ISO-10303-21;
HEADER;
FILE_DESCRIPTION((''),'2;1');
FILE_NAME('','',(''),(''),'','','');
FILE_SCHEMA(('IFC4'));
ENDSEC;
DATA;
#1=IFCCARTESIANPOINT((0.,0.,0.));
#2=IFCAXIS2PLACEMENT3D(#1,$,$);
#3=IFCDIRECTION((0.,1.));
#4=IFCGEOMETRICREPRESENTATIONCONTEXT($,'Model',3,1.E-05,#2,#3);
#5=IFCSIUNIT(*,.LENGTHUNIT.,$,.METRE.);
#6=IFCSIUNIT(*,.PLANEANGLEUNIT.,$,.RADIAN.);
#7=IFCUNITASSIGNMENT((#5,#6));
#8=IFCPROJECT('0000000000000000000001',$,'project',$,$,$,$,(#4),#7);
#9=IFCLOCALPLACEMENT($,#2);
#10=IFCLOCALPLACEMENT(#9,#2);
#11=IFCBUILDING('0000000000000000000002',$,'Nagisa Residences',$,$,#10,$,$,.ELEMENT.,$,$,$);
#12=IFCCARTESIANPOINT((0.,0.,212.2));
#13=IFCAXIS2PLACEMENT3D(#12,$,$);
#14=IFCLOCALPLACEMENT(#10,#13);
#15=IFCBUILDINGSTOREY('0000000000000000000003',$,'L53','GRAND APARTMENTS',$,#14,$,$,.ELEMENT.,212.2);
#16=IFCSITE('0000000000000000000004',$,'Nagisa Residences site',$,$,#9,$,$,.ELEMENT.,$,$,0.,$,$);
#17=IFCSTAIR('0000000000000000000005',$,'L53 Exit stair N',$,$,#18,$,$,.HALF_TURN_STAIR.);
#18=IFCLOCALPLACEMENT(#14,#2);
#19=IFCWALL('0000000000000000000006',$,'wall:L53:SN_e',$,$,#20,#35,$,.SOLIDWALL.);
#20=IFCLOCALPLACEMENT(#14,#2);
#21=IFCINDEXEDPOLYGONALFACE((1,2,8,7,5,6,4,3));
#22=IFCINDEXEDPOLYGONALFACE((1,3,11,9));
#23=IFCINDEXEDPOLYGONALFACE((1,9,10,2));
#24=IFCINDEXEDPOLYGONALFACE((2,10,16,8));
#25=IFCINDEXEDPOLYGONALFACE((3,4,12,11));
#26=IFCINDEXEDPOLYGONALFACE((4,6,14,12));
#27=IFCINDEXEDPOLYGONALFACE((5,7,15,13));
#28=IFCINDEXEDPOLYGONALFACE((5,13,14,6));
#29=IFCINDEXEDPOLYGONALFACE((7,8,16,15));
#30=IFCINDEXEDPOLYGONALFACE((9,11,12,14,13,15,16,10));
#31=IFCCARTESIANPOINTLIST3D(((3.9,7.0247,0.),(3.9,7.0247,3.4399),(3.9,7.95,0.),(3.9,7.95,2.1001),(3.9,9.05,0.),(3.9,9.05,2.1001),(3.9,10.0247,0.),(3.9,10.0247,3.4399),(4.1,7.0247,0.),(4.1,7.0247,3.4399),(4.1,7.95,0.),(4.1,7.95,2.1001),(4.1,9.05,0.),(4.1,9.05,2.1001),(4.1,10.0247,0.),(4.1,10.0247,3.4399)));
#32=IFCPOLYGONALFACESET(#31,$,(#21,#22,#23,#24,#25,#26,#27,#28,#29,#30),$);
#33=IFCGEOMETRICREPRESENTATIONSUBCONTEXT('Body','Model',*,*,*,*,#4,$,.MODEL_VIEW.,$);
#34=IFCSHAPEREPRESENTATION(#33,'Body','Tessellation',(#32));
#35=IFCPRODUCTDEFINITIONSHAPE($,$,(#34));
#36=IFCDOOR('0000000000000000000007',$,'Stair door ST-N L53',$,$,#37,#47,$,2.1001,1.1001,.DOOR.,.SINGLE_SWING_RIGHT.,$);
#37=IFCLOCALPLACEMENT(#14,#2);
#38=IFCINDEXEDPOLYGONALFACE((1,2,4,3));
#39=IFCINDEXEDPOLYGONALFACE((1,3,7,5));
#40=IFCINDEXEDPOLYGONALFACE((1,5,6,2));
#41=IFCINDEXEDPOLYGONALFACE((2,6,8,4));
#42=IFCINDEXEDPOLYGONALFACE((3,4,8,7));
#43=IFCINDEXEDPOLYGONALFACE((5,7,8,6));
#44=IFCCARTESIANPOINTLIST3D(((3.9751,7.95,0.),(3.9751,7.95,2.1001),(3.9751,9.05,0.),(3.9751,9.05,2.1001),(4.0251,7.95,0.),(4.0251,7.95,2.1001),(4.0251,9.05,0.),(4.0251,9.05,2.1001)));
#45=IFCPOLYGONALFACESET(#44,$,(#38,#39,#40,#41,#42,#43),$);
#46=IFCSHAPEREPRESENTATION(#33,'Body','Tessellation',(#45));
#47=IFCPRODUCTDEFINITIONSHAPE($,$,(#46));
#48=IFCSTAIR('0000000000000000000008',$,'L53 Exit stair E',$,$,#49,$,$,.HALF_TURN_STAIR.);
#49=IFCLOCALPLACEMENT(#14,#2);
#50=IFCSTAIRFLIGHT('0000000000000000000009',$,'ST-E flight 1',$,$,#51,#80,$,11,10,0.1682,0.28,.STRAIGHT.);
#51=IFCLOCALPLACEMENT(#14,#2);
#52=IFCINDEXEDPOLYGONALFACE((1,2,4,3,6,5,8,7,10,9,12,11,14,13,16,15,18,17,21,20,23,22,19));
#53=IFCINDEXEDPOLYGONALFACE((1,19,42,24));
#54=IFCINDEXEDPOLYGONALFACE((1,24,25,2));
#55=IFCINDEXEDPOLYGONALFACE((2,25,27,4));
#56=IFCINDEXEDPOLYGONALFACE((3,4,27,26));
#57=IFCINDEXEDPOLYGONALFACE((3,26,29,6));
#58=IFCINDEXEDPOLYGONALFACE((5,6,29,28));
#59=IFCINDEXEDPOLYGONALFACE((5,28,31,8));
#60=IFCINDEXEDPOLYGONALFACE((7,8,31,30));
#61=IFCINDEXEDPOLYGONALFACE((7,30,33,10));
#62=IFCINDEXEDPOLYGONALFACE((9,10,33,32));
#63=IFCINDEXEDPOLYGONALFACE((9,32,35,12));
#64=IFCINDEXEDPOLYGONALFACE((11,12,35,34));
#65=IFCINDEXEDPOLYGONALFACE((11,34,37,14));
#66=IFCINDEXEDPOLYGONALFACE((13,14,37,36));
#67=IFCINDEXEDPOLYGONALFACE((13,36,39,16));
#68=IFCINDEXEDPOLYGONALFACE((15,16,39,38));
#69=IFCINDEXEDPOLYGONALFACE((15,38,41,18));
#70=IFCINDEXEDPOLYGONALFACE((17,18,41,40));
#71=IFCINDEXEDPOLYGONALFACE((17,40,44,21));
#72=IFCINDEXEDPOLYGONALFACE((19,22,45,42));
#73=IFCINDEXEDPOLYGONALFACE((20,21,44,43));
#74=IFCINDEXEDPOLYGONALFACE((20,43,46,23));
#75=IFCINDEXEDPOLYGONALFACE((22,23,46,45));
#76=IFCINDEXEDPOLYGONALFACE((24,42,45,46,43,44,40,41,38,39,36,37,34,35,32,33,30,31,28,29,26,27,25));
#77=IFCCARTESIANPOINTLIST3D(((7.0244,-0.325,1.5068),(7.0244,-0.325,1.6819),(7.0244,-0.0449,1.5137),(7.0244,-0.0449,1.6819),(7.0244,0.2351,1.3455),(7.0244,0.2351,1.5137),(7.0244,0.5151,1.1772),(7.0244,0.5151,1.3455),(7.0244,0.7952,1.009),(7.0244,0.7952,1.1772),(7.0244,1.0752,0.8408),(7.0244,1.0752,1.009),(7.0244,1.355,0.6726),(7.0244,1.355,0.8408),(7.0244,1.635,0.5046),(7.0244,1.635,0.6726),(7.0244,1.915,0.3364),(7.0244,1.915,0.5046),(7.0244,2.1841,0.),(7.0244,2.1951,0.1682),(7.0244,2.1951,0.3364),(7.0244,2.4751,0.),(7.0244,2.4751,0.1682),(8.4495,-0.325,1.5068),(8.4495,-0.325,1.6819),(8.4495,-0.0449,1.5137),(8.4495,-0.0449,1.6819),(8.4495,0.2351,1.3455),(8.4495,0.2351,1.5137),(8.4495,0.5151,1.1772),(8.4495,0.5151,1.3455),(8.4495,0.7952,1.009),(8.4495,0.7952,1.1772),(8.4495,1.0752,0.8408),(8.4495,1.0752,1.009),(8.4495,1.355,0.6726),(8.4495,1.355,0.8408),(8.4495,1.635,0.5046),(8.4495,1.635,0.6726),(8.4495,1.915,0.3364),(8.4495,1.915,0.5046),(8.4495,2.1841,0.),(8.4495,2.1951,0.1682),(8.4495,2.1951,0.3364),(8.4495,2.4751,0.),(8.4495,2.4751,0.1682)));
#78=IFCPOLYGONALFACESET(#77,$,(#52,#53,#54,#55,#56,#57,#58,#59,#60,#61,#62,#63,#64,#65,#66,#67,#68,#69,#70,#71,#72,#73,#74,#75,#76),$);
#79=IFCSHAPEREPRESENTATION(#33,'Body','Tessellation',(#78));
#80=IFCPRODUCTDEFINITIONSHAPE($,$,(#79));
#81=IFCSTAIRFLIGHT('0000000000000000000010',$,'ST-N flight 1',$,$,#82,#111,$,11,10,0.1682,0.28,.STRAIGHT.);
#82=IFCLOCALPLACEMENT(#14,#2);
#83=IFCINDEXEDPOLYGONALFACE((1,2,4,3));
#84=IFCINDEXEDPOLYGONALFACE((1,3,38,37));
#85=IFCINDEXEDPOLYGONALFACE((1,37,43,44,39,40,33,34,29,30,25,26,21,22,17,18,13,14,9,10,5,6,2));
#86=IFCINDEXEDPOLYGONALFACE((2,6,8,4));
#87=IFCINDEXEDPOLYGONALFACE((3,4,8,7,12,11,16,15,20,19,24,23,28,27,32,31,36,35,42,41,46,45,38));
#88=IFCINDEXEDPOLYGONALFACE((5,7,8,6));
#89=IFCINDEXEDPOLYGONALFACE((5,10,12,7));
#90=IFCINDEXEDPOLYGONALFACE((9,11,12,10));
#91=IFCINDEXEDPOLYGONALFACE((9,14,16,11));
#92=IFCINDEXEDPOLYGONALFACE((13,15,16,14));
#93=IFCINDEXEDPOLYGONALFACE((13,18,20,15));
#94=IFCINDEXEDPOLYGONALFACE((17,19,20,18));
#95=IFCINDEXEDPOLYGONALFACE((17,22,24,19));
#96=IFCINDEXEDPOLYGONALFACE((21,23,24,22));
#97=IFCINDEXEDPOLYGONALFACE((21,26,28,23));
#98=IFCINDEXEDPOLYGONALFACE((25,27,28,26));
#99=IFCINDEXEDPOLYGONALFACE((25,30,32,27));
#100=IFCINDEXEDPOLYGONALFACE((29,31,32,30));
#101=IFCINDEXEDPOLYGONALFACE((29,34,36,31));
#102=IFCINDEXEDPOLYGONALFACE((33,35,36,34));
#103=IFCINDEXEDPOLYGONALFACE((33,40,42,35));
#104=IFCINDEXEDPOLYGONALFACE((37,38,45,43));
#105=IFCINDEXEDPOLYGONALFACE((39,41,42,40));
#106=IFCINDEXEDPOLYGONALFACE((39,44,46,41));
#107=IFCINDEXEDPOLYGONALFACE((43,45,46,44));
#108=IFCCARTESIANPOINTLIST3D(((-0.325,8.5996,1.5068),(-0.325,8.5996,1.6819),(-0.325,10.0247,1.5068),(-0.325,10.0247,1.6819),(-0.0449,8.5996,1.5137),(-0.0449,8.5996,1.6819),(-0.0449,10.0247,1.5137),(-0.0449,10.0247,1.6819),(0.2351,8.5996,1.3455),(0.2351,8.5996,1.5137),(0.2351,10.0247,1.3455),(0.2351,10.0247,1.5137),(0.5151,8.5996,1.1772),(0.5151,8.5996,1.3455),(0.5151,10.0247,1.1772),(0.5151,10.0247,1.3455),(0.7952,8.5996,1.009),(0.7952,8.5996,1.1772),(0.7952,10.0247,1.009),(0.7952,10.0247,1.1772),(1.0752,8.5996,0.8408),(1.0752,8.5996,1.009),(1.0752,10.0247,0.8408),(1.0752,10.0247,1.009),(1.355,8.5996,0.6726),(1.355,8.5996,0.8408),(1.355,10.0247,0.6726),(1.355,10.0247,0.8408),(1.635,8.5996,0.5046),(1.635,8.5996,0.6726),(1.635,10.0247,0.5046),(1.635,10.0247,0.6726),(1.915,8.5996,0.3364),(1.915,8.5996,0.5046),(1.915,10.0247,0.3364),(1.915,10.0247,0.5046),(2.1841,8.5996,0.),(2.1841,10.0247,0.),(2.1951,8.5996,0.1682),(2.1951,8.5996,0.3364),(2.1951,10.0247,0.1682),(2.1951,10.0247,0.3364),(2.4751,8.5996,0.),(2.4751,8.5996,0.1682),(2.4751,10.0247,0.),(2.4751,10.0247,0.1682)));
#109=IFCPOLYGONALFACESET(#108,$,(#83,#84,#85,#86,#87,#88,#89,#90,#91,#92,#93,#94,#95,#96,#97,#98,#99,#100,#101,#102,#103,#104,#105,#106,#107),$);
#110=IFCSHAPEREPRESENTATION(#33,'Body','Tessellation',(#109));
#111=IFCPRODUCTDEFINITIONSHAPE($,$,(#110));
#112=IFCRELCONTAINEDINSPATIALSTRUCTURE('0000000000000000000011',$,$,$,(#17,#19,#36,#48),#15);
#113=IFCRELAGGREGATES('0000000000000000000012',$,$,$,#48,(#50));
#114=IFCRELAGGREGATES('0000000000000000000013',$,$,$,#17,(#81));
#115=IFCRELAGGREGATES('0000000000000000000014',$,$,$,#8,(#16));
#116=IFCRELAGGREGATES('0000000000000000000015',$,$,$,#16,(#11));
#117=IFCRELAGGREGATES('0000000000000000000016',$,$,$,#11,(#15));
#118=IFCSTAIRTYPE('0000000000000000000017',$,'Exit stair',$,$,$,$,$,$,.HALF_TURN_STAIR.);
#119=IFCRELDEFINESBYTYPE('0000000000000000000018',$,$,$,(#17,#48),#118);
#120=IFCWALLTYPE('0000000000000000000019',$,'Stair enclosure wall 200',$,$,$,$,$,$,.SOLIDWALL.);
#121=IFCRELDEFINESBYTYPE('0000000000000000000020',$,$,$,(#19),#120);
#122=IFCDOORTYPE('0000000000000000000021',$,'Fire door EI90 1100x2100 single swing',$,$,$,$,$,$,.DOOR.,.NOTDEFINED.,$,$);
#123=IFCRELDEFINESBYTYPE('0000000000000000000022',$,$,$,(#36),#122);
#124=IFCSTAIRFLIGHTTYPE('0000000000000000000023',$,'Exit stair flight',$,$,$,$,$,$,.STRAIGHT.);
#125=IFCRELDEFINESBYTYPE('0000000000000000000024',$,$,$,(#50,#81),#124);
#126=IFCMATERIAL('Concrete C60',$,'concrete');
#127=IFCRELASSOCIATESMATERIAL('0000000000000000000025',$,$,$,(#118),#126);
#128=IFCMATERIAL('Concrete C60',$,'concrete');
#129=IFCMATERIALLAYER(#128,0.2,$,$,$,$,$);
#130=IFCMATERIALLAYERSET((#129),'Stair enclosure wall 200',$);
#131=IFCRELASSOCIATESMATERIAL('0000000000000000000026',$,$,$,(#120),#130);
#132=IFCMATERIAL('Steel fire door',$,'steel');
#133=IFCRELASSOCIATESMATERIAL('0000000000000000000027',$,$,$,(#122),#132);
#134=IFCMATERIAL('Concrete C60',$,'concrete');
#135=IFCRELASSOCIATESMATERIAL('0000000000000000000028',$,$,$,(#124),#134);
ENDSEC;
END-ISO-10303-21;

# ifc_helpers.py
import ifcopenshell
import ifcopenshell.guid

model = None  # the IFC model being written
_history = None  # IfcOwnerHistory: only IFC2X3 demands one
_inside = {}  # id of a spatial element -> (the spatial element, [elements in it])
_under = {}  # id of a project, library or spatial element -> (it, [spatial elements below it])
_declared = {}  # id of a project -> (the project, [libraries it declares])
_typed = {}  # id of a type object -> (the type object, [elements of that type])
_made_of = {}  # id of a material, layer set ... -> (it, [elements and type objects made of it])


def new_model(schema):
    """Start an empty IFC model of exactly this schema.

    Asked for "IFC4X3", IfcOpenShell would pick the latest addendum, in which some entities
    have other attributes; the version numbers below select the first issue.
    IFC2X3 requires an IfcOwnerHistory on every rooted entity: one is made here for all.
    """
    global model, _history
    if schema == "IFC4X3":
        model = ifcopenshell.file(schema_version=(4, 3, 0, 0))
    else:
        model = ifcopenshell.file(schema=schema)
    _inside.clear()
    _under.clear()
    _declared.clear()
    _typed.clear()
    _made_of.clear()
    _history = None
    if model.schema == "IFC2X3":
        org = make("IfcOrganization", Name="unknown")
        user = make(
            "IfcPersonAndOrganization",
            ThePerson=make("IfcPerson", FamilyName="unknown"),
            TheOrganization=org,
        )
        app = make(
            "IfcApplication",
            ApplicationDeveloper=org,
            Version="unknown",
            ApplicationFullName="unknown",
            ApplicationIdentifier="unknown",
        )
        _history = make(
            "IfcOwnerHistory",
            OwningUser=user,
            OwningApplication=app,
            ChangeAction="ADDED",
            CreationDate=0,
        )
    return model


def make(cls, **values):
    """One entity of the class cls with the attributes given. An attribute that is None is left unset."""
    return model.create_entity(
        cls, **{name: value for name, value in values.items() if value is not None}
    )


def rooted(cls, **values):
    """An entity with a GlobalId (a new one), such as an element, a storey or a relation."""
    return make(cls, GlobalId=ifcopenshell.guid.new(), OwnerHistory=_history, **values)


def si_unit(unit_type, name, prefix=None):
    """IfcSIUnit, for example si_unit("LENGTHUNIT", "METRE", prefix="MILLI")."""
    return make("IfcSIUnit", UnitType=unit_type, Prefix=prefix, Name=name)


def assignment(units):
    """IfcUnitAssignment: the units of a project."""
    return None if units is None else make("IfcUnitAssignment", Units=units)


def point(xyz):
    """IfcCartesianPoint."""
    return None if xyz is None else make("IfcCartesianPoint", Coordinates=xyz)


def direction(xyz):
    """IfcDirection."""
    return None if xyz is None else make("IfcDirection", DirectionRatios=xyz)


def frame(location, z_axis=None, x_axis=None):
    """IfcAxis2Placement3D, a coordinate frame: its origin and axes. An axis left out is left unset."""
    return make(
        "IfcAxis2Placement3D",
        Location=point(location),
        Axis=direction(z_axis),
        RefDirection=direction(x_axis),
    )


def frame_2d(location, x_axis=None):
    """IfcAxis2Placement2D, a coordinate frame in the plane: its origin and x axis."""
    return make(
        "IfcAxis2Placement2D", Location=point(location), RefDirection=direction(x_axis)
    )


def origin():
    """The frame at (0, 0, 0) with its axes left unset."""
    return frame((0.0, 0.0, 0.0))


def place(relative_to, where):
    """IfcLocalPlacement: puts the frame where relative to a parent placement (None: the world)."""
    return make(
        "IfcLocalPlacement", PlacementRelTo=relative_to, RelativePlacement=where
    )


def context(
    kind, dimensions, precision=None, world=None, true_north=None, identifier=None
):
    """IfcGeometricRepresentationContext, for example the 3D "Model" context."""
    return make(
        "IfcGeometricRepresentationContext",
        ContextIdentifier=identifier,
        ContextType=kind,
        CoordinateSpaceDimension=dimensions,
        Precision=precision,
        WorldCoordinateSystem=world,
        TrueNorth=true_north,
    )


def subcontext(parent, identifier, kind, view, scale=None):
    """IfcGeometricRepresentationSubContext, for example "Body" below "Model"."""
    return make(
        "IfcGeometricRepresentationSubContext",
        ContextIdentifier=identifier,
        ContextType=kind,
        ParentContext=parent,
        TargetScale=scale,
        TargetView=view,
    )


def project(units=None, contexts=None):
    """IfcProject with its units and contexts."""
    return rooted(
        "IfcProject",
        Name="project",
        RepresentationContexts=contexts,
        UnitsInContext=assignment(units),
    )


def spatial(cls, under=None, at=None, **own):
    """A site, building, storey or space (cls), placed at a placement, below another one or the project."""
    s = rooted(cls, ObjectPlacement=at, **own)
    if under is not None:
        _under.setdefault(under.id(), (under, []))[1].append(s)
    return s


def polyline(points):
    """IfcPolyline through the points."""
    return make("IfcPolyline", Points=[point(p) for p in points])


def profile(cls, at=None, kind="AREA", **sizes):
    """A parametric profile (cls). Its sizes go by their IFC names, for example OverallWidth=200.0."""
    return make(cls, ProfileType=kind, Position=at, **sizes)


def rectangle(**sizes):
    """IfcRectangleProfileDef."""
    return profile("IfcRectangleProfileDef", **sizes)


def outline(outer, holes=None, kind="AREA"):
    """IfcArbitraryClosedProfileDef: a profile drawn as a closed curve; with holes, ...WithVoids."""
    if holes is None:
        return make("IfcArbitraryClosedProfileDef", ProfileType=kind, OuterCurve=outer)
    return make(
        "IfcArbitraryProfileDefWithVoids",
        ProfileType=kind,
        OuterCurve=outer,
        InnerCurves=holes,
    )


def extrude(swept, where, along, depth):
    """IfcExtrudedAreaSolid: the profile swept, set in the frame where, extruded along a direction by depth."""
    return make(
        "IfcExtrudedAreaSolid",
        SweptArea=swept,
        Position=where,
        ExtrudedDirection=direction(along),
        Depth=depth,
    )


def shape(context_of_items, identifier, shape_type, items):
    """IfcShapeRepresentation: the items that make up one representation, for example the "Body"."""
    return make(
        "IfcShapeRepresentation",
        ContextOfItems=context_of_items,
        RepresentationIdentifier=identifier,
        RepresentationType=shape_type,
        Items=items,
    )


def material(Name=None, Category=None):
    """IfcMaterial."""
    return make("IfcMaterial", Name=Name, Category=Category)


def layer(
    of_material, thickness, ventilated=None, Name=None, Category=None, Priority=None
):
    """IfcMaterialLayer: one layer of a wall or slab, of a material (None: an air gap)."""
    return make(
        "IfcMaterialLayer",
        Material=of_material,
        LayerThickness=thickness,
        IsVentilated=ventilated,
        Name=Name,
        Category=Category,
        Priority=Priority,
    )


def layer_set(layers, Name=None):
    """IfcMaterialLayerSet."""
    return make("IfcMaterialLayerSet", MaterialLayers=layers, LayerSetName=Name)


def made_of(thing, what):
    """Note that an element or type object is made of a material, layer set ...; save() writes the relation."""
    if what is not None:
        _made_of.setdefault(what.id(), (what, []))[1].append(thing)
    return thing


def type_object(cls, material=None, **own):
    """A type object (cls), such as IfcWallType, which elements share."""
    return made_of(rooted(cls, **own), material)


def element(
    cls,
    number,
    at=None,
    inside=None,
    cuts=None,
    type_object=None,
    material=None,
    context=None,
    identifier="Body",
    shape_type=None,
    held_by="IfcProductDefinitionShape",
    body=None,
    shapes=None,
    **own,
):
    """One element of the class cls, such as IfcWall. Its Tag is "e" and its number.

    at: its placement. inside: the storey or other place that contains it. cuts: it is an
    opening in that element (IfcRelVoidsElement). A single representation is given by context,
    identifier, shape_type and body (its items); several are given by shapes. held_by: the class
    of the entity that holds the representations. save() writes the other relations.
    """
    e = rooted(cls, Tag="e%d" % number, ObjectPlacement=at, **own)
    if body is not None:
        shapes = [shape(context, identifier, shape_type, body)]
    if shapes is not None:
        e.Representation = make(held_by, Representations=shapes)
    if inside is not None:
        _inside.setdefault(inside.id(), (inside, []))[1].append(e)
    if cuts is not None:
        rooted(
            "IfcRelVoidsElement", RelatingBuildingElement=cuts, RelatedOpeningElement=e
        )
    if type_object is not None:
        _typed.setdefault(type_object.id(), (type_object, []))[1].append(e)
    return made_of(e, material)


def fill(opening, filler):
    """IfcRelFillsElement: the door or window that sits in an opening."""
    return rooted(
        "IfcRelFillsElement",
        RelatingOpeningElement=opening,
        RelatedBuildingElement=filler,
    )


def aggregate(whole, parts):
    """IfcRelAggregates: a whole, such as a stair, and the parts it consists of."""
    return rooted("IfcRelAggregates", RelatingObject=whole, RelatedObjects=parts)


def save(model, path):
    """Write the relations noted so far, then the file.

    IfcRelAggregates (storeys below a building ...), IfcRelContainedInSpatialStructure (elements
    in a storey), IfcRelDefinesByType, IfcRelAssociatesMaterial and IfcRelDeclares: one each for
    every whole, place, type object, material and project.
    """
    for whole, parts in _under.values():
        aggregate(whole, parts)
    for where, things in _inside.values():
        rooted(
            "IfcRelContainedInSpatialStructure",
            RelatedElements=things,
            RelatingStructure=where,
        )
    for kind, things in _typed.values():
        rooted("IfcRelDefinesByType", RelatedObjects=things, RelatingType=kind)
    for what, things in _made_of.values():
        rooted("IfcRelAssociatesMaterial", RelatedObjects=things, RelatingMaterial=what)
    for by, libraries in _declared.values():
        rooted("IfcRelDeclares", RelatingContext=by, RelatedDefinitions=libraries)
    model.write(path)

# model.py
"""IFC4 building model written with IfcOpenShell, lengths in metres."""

from ifc_helpers import new_model, si_unit, direction, frame, frame_2d, origin, place, context, subcontext, project, spatial, polyline, rectangle, outline, extrude, material, layer, layer_set, type_object, element, fill, aggregate, save


model = new_model("IFC4")

# Units and contexts
model_context = context("Model", 3, precision=1e-05, world=origin(), true_north=direction((0.0, 1.0)))
body_context = subcontext(model_context, "Body", "Model", "MODEL_VIEW")
ifc_project = project(units=[si_unit("LENGTHUNIT", "METRE"), si_unit("PLANEANGLEUNIT", "RADIAN")], contexts=[model_context])

# Site, building, storey
site_placement = place(None, origin())
site = spatial("IfcSite", under=ifc_project, at=site_placement, Name="Nagisa Residences site", CompositionType="ELEMENT", RefElevation=0.0)
building_placement = place(site_placement, origin())
building = spatial("IfcBuilding", under=site, at=building_placement, Name="Nagisa Residences", CompositionType="ELEMENT")
storey_placement = place(building_placement, frame((0.0, 0.0, 212.2)))
storey = spatial("IfcBuildingStorey", under=building, at=storey_placement, Name="L53", Description="GRAND APARTMENTS", CompositionType="ELEMENT", Elevation=212.2)

# Stair
ifc_material_1 = material(Name="Concrete C60", Category="concrete")
stair_type = type_object("IfcStairType", Name="Exit stair", PredefinedType="HALF_TURN_STAIR", material=ifc_material_1)
stair_1_placement = place(storey_placement, origin())
stair_1 = element("IfcStair", 1, at=stair_1_placement, inside=storey, type_object=stair_type, Name="L53 Exit stair N", PredefinedType="HALF_TURN_STAIR")

# Wall, opening, door
ifc_material_2 = material(Name="Concrete C60", Category="concrete")
ifc_layer_1 = layer(ifc_material_2, 0.2)
ifc_layer_set_1 = layer_set([ifc_layer_1], Name="Stair enclosure wall 200")
wall_type_1 = type_object("IfcWallType", Name="Stair enclosure wall 200", PredefinedType="SOLIDWALL", material=ifc_layer_set_1)
ifc_material_3 = material(Name="Steel fire door", Category="steel")
door_type_1 = type_object("IfcDoorType", Name="Fire door EI90 1100x2100 single swing", OperationType="NOTDEFINED", PredefinedType="DOOR", material=ifc_material_3)
wall_1_placement = place(storey_placement, frame((4.0, 7.0247, 0.0), z_axis=(0.0, 0.0, 1.0), x_axis=(0.0, 1.0, 0.0)))
wall_1 = element("IfcWall", 2, at=wall_1_placement, inside=storey, type_object=wall_type_1, Name="wall:L53:SN_e", PredefinedType="SOLIDWALL", context=body_context, shape_type="SweptSolid", body=[
    extrude(rectangle(XDim=3.0, YDim=0.2, at=frame_2d((1.5, 0.0))), origin(), (0.0, 0.0, 1.0), 3.4399),
])
opening_1_placement = place(wall_1_placement, frame((0.9253, 0.0, 0.0)))
opening_1 = element("IfcOpeningElement", 3, at=opening_1_placement, cuts=wall_1, PredefinedType="OPENING", context=body_context, shape_type="SweptSolid", body=[
    extrude(rectangle(XDim=1.1001, YDim=2.1001, at=frame_2d((0.55, 1.05))), frame((0.0, 0.1099, 0.0), z_axis=(0.0, -1.0, 0.0), x_axis=(1.0, 0.0, 0.0)), (0.0, 0.0, 1.0), 0.22),
])
door_1_placement = place(opening_1_placement, origin())
door_1 = element("IfcDoor", 4, at=door_1_placement, inside=storey, type_object=door_type_1, Name="Stair door ST-N L53", OperationType="SINGLE_SWING_RIGHT", OverallHeight=2.1001, OverallWidth=1.1001, PredefinedType="DOOR", context=body_context, shape_type="SweptSolid", body=[
    extrude(rectangle(XDim=1.1001, YDim=2.1001, at=frame_2d((0.55, 1.05))), frame((0.0, 0.0249, 0.0), z_axis=(0.0, -1.0, 0.0), x_axis=(1.0, 0.0, 0.0)), (0.0, 0.0, 1.0), 0.05),
])
fill(opening_1, door_1)

# Stair, stair flight
stair_2_placement = place(storey_placement, origin())
stair_2 = element("IfcStair", 5, at=stair_2_placement, inside=storey, type_object=stair_type, Name="L53 Exit stair E", PredefinedType="HALF_TURN_STAIR")
ifc_material_4 = material(Name="Concrete C60", Category="concrete")
stair_flight_type = type_object("IfcStairFlightType", Name="Exit stair flight", PredefinedType="STRAIGHT", material=ifc_material_4)
stair_flight_1_placement = place(storey_placement, frame((7.7371, 2.4751, 0.0), z_axis=(0.0, 0.0, 1.0), x_axis=(0.0, -1.0, 0.0)))
stair_flight_1 = element("IfcStairFlight", 6, at=stair_flight_1_placement, type_object=stair_flight_type, Name="ST-E flight 1", NumberOfRisers=11, NumberOfTreads=10, PredefinedType="STRAIGHT", RiserHeight=0.1682, TreadLength=0.28, context=body_context, shape_type="SweptSolid", body=[
    extrude(outline(polyline([(0.0, 0.0), (0.0, 0.1682), (0.28, 0.1682), (0.28, 0.3364), (0.5601, 0.3364), (0.5601, 0.5046), (0.8401, 0.5046), (0.8401, 0.6726), (1.1201, 0.6726), (1.1201, 0.8408), (1.3999, 0.8408), (1.3999, 1.009), (1.6799, 1.009), (1.6799, 1.1772), (1.96, 1.1772), (1.96, 1.3455), (2.24, 1.3455), (2.24, 1.5137), (2.52, 1.5137), (2.52, 1.6819), (2.8, 1.6819), (2.8, 1.8501), (2.8, 1.5068), (0.291, 0.0), (0.0, 0.0)])), frame((0.0, 0.7124, 0.0), z_axis=(0.0, -1.0, 0.0), x_axis=(1.0, 0.0, 0.0)), (0.0, 0.0, 1.0), 1.425),
])
aggregate(stair_2, [stair_flight_1])

# Stair flight
stair_flight_2_placement = place(storey_placement, frame((2.4751, 9.312, 0.0), z_axis=(0.0, 0.0, 1.0), x_axis=(-1.0, 0.0, 0.0)))
stair_flight_2 = element("IfcStairFlight", 7, at=stair_flight_2_placement, type_object=stair_flight_type, Name="ST-N flight 1", NumberOfRisers=11, NumberOfTreads=10, PredefinedType="STRAIGHT", RiserHeight=0.1682, TreadLength=0.28, context=body_context, shape_type="SweptSolid", body=[
    extrude(outline(polyline([(0.0, 0.0), (0.0, 0.1682), (0.28, 0.1682), (0.28, 0.3364), (0.5601, 0.3364), (0.5601, 0.5046), (0.8401, 0.5046), (0.8401, 0.6726), (1.1201, 0.6726), (1.1201, 0.8408), (1.3999, 0.8408), (1.3999, 1.009), (1.6799, 1.009), (1.6799, 1.1772), (1.96, 1.1772), (1.96, 1.3455), (2.24, 1.3455), (2.24, 1.5137), (2.52, 1.5137), (2.52, 1.6819), (2.8, 1.6819), (2.8, 1.8501), (2.8, 1.5068), (0.291, 0.0), (0.0, 0.0)])), frame((0.0, 0.7124, 0.0), z_axis=(0.0, -1.0, 0.0), x_axis=(1.0, 0.0, 0.0)), (0.0, 0.0, 1.0), 1.425),
])
aggregate(stair_1, [stair_flight_2])

save(model, "model.ifc")
